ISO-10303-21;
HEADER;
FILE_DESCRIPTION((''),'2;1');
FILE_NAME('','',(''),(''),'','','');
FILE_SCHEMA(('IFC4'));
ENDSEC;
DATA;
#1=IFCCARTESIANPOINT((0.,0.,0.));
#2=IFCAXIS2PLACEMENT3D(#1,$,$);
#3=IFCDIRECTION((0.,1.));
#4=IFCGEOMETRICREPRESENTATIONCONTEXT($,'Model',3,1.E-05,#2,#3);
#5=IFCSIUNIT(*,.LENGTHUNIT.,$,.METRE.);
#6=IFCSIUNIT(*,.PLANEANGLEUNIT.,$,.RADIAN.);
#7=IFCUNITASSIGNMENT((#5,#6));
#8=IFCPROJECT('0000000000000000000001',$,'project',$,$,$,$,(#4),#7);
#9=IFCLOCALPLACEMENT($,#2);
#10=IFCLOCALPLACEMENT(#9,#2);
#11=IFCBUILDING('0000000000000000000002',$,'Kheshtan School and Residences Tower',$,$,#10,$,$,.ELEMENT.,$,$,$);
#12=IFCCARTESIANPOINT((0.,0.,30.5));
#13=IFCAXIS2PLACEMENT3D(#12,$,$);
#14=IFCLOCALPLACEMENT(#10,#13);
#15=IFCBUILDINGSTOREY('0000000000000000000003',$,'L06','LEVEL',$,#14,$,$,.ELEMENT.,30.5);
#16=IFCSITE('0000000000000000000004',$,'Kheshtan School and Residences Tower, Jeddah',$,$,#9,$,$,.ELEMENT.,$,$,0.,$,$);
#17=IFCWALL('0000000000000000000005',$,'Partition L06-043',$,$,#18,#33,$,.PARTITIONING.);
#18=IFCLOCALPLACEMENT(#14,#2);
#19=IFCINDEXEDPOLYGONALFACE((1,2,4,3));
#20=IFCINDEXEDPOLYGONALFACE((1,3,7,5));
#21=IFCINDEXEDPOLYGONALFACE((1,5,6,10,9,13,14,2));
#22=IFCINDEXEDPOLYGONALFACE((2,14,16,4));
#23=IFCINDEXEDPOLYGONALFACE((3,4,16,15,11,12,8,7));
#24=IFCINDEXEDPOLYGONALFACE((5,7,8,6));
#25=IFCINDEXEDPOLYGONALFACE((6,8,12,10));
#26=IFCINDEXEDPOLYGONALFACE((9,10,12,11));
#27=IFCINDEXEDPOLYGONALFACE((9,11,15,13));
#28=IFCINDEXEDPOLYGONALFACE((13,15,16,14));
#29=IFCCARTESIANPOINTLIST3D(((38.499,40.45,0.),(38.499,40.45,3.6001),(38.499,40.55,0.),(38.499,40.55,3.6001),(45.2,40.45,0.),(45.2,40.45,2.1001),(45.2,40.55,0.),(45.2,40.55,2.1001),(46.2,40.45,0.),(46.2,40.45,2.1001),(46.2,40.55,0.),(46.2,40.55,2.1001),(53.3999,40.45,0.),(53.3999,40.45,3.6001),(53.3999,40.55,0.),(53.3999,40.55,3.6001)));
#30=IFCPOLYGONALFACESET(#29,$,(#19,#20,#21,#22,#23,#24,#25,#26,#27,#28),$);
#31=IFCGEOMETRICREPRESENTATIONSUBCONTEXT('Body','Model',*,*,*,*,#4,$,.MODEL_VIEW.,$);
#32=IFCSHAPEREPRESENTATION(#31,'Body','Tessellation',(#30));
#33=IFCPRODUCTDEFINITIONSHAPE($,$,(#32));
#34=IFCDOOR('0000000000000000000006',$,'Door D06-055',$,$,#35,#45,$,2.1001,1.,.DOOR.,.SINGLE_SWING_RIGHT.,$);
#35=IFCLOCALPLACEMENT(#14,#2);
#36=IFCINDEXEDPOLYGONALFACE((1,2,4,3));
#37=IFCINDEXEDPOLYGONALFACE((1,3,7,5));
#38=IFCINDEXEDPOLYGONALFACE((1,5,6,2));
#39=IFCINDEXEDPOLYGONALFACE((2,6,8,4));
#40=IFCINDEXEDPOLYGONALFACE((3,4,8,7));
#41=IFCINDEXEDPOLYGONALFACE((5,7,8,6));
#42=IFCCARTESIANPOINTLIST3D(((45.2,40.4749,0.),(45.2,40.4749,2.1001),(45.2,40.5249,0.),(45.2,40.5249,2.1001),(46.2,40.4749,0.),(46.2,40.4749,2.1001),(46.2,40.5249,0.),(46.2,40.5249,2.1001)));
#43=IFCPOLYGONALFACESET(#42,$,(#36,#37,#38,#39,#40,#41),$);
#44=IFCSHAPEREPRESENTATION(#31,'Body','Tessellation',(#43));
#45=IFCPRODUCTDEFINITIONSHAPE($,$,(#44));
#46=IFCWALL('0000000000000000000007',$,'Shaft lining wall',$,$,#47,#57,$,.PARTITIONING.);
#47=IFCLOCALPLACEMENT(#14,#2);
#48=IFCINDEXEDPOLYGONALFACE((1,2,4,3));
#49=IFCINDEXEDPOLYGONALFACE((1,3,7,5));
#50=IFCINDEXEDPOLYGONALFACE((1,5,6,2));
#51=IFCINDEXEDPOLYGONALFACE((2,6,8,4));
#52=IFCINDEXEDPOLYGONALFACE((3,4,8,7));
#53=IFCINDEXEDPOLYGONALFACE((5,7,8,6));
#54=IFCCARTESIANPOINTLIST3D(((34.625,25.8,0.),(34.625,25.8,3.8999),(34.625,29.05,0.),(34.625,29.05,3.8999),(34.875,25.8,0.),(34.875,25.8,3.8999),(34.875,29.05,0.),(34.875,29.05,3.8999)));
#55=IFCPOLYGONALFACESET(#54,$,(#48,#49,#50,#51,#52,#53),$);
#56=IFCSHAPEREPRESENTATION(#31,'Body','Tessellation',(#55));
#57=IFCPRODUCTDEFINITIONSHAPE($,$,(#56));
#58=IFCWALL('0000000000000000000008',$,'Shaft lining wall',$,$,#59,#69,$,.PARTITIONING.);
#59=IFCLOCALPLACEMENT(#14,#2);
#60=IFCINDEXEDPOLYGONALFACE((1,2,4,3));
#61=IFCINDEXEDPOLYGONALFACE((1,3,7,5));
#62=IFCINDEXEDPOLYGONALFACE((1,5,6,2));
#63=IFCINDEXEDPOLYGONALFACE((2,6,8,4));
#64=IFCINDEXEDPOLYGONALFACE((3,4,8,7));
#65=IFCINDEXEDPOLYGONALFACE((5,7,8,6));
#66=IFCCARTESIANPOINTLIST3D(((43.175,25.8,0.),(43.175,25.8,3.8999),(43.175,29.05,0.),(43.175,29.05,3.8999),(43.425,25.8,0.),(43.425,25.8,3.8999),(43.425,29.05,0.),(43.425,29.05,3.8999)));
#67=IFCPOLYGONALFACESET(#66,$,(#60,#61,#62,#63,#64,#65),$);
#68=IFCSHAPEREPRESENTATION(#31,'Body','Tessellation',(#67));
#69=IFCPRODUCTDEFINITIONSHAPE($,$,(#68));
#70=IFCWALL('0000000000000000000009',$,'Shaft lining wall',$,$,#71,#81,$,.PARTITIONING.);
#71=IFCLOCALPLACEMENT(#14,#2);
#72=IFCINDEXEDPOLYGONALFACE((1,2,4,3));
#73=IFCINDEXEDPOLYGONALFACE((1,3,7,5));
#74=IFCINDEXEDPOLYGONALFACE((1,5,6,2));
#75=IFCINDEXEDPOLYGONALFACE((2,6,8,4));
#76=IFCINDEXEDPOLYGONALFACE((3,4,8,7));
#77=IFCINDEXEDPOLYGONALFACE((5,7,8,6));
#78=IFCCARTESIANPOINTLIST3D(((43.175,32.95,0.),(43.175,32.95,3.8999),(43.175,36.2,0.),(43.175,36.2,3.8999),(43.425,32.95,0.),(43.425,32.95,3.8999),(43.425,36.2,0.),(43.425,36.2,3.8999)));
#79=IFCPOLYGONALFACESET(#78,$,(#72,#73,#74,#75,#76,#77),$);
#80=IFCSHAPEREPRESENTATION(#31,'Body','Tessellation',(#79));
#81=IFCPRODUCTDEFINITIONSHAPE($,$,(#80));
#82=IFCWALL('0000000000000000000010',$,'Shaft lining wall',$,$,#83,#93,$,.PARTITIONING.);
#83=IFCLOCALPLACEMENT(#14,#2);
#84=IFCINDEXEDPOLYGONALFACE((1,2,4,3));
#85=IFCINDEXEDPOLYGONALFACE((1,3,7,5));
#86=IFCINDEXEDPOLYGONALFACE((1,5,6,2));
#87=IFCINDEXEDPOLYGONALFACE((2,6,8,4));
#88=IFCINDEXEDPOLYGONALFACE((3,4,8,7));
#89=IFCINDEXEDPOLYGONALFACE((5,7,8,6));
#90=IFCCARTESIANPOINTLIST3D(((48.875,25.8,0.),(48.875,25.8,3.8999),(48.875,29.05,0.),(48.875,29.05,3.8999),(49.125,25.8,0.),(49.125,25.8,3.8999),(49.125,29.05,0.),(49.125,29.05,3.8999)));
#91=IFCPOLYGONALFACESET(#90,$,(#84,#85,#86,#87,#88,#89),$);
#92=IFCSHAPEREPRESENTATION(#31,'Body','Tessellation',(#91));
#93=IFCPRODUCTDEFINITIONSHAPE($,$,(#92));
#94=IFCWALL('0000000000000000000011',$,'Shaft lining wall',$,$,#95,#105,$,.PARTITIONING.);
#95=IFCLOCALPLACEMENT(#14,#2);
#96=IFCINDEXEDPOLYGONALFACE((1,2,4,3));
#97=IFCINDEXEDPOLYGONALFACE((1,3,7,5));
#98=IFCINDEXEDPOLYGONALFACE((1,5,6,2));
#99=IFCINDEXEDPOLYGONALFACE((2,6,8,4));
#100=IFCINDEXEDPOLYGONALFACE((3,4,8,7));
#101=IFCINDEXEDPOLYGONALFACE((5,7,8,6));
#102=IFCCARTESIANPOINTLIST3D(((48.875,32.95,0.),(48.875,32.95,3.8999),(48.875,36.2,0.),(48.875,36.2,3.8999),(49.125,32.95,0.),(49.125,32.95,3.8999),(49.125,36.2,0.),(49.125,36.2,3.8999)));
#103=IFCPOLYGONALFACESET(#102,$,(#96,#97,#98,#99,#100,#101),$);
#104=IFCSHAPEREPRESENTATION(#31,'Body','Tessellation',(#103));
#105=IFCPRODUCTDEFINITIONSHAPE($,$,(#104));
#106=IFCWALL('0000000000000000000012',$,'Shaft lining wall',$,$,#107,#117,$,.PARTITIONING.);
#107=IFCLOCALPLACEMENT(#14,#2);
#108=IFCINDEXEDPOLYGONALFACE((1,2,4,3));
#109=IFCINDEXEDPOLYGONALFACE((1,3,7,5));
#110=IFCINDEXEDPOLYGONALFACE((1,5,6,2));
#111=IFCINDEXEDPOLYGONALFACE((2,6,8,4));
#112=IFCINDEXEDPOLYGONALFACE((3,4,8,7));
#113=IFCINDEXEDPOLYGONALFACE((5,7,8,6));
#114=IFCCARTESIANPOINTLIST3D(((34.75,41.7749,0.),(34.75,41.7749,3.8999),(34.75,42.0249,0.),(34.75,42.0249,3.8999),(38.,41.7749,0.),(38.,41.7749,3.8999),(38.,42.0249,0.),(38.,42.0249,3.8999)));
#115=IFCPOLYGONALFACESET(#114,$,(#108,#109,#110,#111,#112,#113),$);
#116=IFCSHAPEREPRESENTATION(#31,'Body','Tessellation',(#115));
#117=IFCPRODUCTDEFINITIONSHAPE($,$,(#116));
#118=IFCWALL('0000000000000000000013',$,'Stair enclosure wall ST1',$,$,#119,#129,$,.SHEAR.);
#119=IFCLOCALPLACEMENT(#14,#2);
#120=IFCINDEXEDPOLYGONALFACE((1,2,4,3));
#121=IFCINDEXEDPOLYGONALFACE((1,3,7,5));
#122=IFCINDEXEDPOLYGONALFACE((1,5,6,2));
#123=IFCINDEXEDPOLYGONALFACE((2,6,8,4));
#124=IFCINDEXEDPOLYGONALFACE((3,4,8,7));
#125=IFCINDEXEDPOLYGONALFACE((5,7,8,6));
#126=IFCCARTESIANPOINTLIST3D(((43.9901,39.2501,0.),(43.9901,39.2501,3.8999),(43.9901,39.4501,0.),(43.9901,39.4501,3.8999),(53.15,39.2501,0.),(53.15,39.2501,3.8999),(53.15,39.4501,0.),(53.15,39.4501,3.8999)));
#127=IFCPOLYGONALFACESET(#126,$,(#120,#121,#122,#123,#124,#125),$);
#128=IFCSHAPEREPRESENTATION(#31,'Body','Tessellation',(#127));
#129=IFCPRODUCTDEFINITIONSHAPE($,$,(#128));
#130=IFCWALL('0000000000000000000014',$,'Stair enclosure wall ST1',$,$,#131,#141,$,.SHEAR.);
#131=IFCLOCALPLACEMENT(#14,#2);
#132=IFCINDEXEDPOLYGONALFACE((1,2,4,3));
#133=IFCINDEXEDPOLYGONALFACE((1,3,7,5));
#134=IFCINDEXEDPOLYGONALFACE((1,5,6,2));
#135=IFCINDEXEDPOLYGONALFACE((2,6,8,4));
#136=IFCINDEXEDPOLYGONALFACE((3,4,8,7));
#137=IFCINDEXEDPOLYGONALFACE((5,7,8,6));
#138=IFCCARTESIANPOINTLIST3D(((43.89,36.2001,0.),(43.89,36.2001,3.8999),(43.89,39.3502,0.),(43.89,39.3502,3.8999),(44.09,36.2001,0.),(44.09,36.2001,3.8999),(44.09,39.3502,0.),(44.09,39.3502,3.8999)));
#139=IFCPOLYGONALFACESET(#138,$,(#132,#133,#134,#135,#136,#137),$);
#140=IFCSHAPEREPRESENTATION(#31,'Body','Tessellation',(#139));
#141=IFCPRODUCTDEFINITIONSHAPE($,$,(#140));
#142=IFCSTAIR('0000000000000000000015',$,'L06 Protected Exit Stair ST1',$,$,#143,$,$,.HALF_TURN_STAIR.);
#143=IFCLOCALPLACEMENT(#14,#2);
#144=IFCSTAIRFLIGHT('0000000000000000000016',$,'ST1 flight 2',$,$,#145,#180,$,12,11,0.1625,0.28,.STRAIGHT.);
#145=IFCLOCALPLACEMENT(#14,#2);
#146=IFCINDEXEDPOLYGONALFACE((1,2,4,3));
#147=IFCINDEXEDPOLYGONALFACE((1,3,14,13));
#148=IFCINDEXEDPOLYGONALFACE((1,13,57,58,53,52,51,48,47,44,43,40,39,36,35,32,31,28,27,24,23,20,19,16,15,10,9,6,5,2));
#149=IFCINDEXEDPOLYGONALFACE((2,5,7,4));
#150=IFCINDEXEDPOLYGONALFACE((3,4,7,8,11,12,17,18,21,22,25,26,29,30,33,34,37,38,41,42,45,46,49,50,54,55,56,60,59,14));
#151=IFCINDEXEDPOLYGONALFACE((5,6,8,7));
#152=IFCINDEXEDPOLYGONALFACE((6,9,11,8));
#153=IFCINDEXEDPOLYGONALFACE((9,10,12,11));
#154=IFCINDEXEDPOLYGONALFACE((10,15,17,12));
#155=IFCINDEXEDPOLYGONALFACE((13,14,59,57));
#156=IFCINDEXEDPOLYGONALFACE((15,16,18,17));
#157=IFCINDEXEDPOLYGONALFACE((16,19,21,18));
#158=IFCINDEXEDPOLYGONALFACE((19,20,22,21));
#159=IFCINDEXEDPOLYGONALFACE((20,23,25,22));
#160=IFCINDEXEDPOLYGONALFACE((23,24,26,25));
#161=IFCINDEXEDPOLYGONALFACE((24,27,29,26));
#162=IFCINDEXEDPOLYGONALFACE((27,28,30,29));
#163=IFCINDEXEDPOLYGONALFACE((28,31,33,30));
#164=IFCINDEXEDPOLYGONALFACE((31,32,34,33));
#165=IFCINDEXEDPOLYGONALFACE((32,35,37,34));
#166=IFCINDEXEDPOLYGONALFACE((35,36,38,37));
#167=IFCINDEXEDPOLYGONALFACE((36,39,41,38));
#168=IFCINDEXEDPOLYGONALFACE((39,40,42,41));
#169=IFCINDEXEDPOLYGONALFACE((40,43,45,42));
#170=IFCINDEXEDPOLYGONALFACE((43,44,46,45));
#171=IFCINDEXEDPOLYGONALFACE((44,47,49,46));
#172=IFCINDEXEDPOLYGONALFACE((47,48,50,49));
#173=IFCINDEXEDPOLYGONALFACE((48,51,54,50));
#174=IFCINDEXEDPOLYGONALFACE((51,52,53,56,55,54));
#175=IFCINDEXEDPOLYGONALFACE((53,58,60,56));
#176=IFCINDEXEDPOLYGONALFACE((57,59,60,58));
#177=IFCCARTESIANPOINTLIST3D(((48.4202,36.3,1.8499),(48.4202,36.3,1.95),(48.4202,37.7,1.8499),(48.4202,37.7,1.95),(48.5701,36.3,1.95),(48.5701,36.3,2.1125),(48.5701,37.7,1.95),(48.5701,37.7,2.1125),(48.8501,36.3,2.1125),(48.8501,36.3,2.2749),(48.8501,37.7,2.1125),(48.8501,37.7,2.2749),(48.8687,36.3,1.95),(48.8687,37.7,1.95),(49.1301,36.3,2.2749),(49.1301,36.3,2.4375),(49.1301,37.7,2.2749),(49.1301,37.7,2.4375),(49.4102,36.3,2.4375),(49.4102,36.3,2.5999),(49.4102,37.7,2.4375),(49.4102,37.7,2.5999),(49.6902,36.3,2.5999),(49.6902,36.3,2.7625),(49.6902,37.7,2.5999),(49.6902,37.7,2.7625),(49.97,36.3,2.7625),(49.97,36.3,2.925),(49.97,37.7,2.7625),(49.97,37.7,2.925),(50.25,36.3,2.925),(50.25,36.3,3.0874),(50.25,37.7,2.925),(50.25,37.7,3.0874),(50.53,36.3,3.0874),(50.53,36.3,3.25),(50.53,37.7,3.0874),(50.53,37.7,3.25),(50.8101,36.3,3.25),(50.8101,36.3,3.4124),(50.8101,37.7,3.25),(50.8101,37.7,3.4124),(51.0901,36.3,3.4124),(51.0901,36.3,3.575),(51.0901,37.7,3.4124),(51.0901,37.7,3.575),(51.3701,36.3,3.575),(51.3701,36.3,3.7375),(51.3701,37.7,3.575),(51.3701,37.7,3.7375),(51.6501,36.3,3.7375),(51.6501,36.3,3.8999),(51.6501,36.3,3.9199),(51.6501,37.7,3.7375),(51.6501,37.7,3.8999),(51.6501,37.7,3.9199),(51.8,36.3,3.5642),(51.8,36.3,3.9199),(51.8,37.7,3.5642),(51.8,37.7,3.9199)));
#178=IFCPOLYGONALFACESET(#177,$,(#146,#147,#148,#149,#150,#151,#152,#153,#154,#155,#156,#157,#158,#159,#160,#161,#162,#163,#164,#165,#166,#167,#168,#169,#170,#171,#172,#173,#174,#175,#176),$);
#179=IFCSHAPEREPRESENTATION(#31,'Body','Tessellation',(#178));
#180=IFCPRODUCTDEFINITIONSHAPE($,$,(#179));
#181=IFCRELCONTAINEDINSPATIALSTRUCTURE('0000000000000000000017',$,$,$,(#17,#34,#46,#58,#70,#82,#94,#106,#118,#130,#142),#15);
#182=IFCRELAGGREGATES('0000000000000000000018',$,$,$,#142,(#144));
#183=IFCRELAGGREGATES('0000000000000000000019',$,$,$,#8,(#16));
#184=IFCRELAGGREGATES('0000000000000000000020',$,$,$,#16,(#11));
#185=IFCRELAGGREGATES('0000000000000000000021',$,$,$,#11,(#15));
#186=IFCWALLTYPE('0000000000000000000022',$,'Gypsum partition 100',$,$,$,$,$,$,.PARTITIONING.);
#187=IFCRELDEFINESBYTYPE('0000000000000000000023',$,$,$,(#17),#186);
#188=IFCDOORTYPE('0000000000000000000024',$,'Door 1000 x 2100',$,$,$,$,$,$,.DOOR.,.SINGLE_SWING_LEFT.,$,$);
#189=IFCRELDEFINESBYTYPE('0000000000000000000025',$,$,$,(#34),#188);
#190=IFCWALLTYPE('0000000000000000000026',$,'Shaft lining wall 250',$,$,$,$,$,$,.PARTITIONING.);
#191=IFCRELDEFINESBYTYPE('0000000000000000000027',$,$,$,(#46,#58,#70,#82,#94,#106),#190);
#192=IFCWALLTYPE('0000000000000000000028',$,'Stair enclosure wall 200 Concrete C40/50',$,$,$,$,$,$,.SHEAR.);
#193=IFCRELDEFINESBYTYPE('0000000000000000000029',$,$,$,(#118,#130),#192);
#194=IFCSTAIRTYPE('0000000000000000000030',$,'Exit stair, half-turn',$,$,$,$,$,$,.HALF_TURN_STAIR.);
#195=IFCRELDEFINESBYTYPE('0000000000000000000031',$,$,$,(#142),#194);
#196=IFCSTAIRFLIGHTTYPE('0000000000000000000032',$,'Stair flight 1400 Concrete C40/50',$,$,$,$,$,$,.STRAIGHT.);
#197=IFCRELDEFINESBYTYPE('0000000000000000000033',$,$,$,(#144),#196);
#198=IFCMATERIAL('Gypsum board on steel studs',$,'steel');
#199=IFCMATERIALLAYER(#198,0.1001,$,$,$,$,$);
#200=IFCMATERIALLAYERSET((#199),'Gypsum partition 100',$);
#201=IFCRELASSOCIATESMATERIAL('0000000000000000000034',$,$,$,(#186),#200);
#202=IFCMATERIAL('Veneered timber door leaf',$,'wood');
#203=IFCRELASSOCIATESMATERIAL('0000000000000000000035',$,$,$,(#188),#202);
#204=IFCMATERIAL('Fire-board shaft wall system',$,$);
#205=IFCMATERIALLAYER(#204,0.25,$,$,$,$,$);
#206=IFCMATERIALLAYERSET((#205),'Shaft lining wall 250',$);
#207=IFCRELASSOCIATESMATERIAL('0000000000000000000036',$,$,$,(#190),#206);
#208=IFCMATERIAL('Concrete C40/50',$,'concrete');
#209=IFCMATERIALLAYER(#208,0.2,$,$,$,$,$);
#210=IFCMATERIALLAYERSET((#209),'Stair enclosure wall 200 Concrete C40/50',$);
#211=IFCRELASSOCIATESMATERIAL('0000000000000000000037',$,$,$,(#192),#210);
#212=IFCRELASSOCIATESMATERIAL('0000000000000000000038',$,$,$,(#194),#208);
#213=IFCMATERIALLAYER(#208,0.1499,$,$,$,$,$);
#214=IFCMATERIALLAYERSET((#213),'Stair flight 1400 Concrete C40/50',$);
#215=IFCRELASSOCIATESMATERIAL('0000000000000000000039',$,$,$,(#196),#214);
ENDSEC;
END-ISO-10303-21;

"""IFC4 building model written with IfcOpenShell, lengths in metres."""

from ifc_helpers import new_model, si_unit, direction, frame, frame_2d, origin, place, context, subcontext, project, spatial, polyline, rectangle, outline, extrude, source, transform, mapped, material, layer, layer_set, type_object, element, fill, aggregate, save


model = new_model("IFC4")

# Units and contexts
model_context = context("Model", 3, precision=1e-05, world=origin(), true_north=direction((0.0, 1.0)))
body_context = subcontext(model_context, "Body", "Model", "MODEL_VIEW")
ifc_project = project(units=[si_unit("LENGTHUNIT", "METRE"), si_unit("PLANEANGLEUNIT", "RADIAN")], contexts=[model_context])

# Site, building, storey
site_placement = place(None, origin())
site = spatial("IfcSite", under=ifc_project, at=site_placement, Name="Kheshtan School and Residences Tower, Jeddah", CompositionType="ELEMENT", RefElevation=0.0)
building_placement = place(site_placement, origin())
building = spatial("IfcBuilding", under=site, at=building_placement, Name="Kheshtan School and Residences Tower", CompositionType="ELEMENT")
storey_placement = place(building_placement, frame((0.0, 0.0, 30.5)))
storey = spatial("IfcBuildingStorey", under=building, at=storey_placement, Name="L06", Description="LEVEL", CompositionType="ELEMENT", Elevation=30.5)

# Wall, opening, door
ifc_material_1 = material(Name="Gypsum board on steel studs", Category="steel")
ifc_layer_1 = layer(ifc_material_1, 0.1001)
ifc_layer_set_1 = layer_set([ifc_layer_1], Name="Gypsum partition 100")
wall_type_1 = type_object("IfcWallType", Name="Gypsum partition 100", PredefinedType="PARTITIONING", material=ifc_layer_set_1)
wall_1_placement = place(storey_placement, frame((38.499, 40.5, 0.0), z_axis=(0.0, 0.0, 1.0), x_axis=(1.0, 0.0, 0.0)))
wall_1 = element("IfcWall", 1, at=wall_1_placement, inside=storey, type_object=wall_type_1, Name="Partition L06-043", PredefinedType="PARTITIONING", context=body_context, shape_type="SweptSolid", body=[
    extrude(rectangle(XDim=14.9009, YDim=0.1001, at=frame_2d((7.4504, 0.0))), origin(), (0.0, 0.0, 1.0), 3.6001),
])
opening_1_placement = place(wall_1_placement, frame((6.7009, 0.0, 0.0)))
opening_1 = element("IfcOpeningElement", 2, at=opening_1_placement, cuts=wall_1, PredefinedType="OPENING", context=body_context, shape_type="SweptSolid", body=[
    extrude(rectangle(XDim=1.0, YDim=2.1001, at=frame_2d((0.5, 1.05))), frame((0.0, 0.0601, 0.0), z_axis=(0.0, -1.0, 0.0), x_axis=(1.0, 0.0, 0.0)), (0.0, 0.0, 1.0), 0.1201),
])
ifc_material_2 = material(Name="Veneered timber door leaf", Category="wood")
door_type_1 = type_object("IfcDoorType", Name="Door 1000 x 2100", OperationType="SINGLE_SWING_LEFT", PredefinedType="DOOR", material=ifc_material_2)
shared_shape_1 = source(origin(), body_context, "Body", "SweptSolid", [
    extrude(rectangle(XDim=1.0, YDim=2.1001, at=frame_2d((0.5, 1.05))), frame((0.0, 0.0249, 0.0), z_axis=(0.0, -1.0, 0.0), x_axis=(1.0, 0.0, 0.0)), (0.0, 0.0, 1.0), 0.05),
])
door_1_placement = place(opening_1_placement, origin())
door_1 = element("IfcDoor", 3, at=door_1_placement, inside=storey, type_object=door_type_1, Name="Door D06-055", OperationType="SINGLE_SWING_RIGHT", OverallHeight=2.1001, OverallWidth=1.0, PredefinedType="DOOR", context=body_context, shape_type="MappedRepresentation", body=[
    mapped(shared_shape_1, transform((0.0, 0.0, 0.0), x_axis=(1.0, 0.0, 0.0), y_axis=(0.0, 1.0, 0.0), z_axis=(0.0, 0.0, 1.0), scale=1.0)),
])
fill(opening_1, door_1)

# Walls
ifc_material_3 = material(Name="Fire-board shaft wall system")
ifc_layer_2 = layer(ifc_material_3, 0.25)
ifc_layer_set_2 = layer_set([ifc_layer_2], Name="Shaft lining wall 250")
wall_type_2 = type_object("IfcWallType", Name="Shaft lining wall 250", PredefinedType="PARTITIONING", material=ifc_layer_set_2)
for number, where, z_axis, x_axis, name in (
    (4, (34.75, 25.8, 0.0), (0.0, 0.0, 1.0), (0.0, 1.0, 0.0), "Shaft lining wall"),
    (5, (43.3, 25.8, 0.0), (0.0, 0.0, 1.0), (0.0, 1.0, 0.0), "Shaft lining wall"),
    (6, (43.3, 32.95, 0.0), (0.0, 0.0, 1.0), (0.0, 1.0, 0.0), "Shaft lining wall"),
    (7, (49.0, 25.8, 0.0), (0.0, 0.0, 1.0), (0.0, 1.0, 0.0), "Shaft lining wall"),
    (8, (49.0, 32.95, 0.0), (0.0, 0.0, 1.0), (0.0, 1.0, 0.0), "Shaft lining wall"),
    (9, (34.75, 41.8999, 0.0), (0.0, 0.0, 1.0), (1.0, 0.0, 0.0), "Shaft lining wall"),
):
    element("IfcWall", number, at=place(storey_placement, frame(where, z_axis=z_axis, x_axis=x_axis)), inside=storey, type_object=wall_type_2, Name=name, PredefinedType="PARTITIONING", context=body_context, shape_type="SweptSolid", body=[
        extrude(rectangle(XDim=3.25, YDim=0.25, at=frame_2d((1.625, 0.0))), origin(), (0.0, 0.0, 1.0), 3.8999),
    ])
ifc_material_4 = material(Name="Concrete C40/50", Category="concrete")
ifc_layer_3 = layer(ifc_material_4, 0.2)
ifc_layer_set_3 = layer_set([ifc_layer_3], Name="Stair enclosure wall 200 Concrete C40/50")
wall_type_3 = type_object("IfcWallType", Name="Stair enclosure wall 200 Concrete C40/50", PredefinedType="SHEAR", material=ifc_layer_set_3)
wall_2_placement = place(storey_placement, frame((43.99, 39.3501, 0.0), z_axis=(0.0, 0.0, 1.0), x_axis=(1.0, 0.0, 0.0)))
element("IfcWall", 10, at=wall_2_placement, inside=storey, type_object=wall_type_3, Name="Stair enclosure wall ST1", PredefinedType="SHEAR", context=body_context, shape_type="SweptSolid", body=[
    extrude(rectangle(XDim=9.1599, YDim=0.2, at=frame_2d((4.5801, 0.0))), origin(), (0.0, 0.0, 1.0), 3.8999),
])
wall_3_placement = place(storey_placement, frame((43.99, 36.2, 0.0), z_axis=(0.0, 0.0, 1.0), x_axis=(0.0, 1.0, 0.0)))
element("IfcWall", 11, at=wall_3_placement, inside=storey, type_object=wall_type_3, Name="Stair enclosure wall ST1", PredefinedType="SHEAR", context=body_context, shape_type="SweptSolid", body=[
    extrude(rectangle(XDim=3.1501, YDim=0.2, at=frame_2d((1.5752, 0.0))), origin(), (0.0, 0.0, 1.0), 3.8999),
])

# Stair, stair flight
stair_type = type_object("IfcStairType", Name="Exit stair, half-turn", PredefinedType="HALF_TURN_STAIR", material=ifc_material_4)
stair_placement = place(storey_placement, origin())
stair = element("IfcStair", 12, at=stair_placement, inside=storey, type_object=stair_type, Name="L06 Protected Exit Stair ST1", PredefinedType="HALF_TURN_STAIR")
ifc_layer_4 = layer(ifc_material_4, 0.1499)
ifc_layer_set_4 = layer_set([ifc_layer_4], Name="Stair flight 1400 Concrete C40/50")
stair_flight_type = type_object("IfcStairFlightType", Name="Stair flight 1400 Concrete C40/50", PredefinedType="STRAIGHT", material=ifc_layer_set_4)
stair_flight_placement = place(storey_placement, frame((48.5701, 37.0, 1.95), z_axis=(0.0, 0.0, 1.0), x_axis=(1.0, 0.0, 0.0)))
stair_flight = element("IfcStairFlight", 13, at=stair_flight_placement, type_object=stair_flight_type, Name="ST1 flight 2", NumberOfRisers=12, NumberOfTreads=11, PredefinedType="STRAIGHT", RiserHeight=0.1625, TreadLength=0.28, context=body_context, shape_type="SweptSolid", body=[
    extrude(outline(polyline([(-0.1499, -0.1001), (-0.1499, 0.0), (0.0, 0.0), (0.0, 0.1626), (0.28, 0.1626), (0.28, 0.325), (0.5601, 0.325), (0.5601, 0.4875), (0.8401, 0.4875), (0.8401, 0.6499), (1.1201, 0.6499), (1.1201, 0.8125), (1.3999, 0.8125), (1.3999, 0.9751), (1.6799, 0.9751), (1.6799, 1.1375), (1.96, 1.1375), (1.96, 1.3), (2.24, 1.3), (2.24, 1.4624), (2.52, 1.4624), (2.52, 1.625), (2.8, 1.625), (2.8, 1.7876), (3.0801, 1.7876), (3.0801, 1.95), (3.0801, 1.97), (3.23, 1.97), (3.23, 1.6143), (0.2986, 0.0), (-0.1499, -0.1001)])), frame((0.0, 0.7, 0.0), z_axis=(0.0, -1.0, 0.0), x_axis=(1.0, 0.0, 0.0)), (0.0, 0.0, 1.0), 1.3999),
])
aggregate(stair, [stair_flight])

save(model, "model.ifc")
